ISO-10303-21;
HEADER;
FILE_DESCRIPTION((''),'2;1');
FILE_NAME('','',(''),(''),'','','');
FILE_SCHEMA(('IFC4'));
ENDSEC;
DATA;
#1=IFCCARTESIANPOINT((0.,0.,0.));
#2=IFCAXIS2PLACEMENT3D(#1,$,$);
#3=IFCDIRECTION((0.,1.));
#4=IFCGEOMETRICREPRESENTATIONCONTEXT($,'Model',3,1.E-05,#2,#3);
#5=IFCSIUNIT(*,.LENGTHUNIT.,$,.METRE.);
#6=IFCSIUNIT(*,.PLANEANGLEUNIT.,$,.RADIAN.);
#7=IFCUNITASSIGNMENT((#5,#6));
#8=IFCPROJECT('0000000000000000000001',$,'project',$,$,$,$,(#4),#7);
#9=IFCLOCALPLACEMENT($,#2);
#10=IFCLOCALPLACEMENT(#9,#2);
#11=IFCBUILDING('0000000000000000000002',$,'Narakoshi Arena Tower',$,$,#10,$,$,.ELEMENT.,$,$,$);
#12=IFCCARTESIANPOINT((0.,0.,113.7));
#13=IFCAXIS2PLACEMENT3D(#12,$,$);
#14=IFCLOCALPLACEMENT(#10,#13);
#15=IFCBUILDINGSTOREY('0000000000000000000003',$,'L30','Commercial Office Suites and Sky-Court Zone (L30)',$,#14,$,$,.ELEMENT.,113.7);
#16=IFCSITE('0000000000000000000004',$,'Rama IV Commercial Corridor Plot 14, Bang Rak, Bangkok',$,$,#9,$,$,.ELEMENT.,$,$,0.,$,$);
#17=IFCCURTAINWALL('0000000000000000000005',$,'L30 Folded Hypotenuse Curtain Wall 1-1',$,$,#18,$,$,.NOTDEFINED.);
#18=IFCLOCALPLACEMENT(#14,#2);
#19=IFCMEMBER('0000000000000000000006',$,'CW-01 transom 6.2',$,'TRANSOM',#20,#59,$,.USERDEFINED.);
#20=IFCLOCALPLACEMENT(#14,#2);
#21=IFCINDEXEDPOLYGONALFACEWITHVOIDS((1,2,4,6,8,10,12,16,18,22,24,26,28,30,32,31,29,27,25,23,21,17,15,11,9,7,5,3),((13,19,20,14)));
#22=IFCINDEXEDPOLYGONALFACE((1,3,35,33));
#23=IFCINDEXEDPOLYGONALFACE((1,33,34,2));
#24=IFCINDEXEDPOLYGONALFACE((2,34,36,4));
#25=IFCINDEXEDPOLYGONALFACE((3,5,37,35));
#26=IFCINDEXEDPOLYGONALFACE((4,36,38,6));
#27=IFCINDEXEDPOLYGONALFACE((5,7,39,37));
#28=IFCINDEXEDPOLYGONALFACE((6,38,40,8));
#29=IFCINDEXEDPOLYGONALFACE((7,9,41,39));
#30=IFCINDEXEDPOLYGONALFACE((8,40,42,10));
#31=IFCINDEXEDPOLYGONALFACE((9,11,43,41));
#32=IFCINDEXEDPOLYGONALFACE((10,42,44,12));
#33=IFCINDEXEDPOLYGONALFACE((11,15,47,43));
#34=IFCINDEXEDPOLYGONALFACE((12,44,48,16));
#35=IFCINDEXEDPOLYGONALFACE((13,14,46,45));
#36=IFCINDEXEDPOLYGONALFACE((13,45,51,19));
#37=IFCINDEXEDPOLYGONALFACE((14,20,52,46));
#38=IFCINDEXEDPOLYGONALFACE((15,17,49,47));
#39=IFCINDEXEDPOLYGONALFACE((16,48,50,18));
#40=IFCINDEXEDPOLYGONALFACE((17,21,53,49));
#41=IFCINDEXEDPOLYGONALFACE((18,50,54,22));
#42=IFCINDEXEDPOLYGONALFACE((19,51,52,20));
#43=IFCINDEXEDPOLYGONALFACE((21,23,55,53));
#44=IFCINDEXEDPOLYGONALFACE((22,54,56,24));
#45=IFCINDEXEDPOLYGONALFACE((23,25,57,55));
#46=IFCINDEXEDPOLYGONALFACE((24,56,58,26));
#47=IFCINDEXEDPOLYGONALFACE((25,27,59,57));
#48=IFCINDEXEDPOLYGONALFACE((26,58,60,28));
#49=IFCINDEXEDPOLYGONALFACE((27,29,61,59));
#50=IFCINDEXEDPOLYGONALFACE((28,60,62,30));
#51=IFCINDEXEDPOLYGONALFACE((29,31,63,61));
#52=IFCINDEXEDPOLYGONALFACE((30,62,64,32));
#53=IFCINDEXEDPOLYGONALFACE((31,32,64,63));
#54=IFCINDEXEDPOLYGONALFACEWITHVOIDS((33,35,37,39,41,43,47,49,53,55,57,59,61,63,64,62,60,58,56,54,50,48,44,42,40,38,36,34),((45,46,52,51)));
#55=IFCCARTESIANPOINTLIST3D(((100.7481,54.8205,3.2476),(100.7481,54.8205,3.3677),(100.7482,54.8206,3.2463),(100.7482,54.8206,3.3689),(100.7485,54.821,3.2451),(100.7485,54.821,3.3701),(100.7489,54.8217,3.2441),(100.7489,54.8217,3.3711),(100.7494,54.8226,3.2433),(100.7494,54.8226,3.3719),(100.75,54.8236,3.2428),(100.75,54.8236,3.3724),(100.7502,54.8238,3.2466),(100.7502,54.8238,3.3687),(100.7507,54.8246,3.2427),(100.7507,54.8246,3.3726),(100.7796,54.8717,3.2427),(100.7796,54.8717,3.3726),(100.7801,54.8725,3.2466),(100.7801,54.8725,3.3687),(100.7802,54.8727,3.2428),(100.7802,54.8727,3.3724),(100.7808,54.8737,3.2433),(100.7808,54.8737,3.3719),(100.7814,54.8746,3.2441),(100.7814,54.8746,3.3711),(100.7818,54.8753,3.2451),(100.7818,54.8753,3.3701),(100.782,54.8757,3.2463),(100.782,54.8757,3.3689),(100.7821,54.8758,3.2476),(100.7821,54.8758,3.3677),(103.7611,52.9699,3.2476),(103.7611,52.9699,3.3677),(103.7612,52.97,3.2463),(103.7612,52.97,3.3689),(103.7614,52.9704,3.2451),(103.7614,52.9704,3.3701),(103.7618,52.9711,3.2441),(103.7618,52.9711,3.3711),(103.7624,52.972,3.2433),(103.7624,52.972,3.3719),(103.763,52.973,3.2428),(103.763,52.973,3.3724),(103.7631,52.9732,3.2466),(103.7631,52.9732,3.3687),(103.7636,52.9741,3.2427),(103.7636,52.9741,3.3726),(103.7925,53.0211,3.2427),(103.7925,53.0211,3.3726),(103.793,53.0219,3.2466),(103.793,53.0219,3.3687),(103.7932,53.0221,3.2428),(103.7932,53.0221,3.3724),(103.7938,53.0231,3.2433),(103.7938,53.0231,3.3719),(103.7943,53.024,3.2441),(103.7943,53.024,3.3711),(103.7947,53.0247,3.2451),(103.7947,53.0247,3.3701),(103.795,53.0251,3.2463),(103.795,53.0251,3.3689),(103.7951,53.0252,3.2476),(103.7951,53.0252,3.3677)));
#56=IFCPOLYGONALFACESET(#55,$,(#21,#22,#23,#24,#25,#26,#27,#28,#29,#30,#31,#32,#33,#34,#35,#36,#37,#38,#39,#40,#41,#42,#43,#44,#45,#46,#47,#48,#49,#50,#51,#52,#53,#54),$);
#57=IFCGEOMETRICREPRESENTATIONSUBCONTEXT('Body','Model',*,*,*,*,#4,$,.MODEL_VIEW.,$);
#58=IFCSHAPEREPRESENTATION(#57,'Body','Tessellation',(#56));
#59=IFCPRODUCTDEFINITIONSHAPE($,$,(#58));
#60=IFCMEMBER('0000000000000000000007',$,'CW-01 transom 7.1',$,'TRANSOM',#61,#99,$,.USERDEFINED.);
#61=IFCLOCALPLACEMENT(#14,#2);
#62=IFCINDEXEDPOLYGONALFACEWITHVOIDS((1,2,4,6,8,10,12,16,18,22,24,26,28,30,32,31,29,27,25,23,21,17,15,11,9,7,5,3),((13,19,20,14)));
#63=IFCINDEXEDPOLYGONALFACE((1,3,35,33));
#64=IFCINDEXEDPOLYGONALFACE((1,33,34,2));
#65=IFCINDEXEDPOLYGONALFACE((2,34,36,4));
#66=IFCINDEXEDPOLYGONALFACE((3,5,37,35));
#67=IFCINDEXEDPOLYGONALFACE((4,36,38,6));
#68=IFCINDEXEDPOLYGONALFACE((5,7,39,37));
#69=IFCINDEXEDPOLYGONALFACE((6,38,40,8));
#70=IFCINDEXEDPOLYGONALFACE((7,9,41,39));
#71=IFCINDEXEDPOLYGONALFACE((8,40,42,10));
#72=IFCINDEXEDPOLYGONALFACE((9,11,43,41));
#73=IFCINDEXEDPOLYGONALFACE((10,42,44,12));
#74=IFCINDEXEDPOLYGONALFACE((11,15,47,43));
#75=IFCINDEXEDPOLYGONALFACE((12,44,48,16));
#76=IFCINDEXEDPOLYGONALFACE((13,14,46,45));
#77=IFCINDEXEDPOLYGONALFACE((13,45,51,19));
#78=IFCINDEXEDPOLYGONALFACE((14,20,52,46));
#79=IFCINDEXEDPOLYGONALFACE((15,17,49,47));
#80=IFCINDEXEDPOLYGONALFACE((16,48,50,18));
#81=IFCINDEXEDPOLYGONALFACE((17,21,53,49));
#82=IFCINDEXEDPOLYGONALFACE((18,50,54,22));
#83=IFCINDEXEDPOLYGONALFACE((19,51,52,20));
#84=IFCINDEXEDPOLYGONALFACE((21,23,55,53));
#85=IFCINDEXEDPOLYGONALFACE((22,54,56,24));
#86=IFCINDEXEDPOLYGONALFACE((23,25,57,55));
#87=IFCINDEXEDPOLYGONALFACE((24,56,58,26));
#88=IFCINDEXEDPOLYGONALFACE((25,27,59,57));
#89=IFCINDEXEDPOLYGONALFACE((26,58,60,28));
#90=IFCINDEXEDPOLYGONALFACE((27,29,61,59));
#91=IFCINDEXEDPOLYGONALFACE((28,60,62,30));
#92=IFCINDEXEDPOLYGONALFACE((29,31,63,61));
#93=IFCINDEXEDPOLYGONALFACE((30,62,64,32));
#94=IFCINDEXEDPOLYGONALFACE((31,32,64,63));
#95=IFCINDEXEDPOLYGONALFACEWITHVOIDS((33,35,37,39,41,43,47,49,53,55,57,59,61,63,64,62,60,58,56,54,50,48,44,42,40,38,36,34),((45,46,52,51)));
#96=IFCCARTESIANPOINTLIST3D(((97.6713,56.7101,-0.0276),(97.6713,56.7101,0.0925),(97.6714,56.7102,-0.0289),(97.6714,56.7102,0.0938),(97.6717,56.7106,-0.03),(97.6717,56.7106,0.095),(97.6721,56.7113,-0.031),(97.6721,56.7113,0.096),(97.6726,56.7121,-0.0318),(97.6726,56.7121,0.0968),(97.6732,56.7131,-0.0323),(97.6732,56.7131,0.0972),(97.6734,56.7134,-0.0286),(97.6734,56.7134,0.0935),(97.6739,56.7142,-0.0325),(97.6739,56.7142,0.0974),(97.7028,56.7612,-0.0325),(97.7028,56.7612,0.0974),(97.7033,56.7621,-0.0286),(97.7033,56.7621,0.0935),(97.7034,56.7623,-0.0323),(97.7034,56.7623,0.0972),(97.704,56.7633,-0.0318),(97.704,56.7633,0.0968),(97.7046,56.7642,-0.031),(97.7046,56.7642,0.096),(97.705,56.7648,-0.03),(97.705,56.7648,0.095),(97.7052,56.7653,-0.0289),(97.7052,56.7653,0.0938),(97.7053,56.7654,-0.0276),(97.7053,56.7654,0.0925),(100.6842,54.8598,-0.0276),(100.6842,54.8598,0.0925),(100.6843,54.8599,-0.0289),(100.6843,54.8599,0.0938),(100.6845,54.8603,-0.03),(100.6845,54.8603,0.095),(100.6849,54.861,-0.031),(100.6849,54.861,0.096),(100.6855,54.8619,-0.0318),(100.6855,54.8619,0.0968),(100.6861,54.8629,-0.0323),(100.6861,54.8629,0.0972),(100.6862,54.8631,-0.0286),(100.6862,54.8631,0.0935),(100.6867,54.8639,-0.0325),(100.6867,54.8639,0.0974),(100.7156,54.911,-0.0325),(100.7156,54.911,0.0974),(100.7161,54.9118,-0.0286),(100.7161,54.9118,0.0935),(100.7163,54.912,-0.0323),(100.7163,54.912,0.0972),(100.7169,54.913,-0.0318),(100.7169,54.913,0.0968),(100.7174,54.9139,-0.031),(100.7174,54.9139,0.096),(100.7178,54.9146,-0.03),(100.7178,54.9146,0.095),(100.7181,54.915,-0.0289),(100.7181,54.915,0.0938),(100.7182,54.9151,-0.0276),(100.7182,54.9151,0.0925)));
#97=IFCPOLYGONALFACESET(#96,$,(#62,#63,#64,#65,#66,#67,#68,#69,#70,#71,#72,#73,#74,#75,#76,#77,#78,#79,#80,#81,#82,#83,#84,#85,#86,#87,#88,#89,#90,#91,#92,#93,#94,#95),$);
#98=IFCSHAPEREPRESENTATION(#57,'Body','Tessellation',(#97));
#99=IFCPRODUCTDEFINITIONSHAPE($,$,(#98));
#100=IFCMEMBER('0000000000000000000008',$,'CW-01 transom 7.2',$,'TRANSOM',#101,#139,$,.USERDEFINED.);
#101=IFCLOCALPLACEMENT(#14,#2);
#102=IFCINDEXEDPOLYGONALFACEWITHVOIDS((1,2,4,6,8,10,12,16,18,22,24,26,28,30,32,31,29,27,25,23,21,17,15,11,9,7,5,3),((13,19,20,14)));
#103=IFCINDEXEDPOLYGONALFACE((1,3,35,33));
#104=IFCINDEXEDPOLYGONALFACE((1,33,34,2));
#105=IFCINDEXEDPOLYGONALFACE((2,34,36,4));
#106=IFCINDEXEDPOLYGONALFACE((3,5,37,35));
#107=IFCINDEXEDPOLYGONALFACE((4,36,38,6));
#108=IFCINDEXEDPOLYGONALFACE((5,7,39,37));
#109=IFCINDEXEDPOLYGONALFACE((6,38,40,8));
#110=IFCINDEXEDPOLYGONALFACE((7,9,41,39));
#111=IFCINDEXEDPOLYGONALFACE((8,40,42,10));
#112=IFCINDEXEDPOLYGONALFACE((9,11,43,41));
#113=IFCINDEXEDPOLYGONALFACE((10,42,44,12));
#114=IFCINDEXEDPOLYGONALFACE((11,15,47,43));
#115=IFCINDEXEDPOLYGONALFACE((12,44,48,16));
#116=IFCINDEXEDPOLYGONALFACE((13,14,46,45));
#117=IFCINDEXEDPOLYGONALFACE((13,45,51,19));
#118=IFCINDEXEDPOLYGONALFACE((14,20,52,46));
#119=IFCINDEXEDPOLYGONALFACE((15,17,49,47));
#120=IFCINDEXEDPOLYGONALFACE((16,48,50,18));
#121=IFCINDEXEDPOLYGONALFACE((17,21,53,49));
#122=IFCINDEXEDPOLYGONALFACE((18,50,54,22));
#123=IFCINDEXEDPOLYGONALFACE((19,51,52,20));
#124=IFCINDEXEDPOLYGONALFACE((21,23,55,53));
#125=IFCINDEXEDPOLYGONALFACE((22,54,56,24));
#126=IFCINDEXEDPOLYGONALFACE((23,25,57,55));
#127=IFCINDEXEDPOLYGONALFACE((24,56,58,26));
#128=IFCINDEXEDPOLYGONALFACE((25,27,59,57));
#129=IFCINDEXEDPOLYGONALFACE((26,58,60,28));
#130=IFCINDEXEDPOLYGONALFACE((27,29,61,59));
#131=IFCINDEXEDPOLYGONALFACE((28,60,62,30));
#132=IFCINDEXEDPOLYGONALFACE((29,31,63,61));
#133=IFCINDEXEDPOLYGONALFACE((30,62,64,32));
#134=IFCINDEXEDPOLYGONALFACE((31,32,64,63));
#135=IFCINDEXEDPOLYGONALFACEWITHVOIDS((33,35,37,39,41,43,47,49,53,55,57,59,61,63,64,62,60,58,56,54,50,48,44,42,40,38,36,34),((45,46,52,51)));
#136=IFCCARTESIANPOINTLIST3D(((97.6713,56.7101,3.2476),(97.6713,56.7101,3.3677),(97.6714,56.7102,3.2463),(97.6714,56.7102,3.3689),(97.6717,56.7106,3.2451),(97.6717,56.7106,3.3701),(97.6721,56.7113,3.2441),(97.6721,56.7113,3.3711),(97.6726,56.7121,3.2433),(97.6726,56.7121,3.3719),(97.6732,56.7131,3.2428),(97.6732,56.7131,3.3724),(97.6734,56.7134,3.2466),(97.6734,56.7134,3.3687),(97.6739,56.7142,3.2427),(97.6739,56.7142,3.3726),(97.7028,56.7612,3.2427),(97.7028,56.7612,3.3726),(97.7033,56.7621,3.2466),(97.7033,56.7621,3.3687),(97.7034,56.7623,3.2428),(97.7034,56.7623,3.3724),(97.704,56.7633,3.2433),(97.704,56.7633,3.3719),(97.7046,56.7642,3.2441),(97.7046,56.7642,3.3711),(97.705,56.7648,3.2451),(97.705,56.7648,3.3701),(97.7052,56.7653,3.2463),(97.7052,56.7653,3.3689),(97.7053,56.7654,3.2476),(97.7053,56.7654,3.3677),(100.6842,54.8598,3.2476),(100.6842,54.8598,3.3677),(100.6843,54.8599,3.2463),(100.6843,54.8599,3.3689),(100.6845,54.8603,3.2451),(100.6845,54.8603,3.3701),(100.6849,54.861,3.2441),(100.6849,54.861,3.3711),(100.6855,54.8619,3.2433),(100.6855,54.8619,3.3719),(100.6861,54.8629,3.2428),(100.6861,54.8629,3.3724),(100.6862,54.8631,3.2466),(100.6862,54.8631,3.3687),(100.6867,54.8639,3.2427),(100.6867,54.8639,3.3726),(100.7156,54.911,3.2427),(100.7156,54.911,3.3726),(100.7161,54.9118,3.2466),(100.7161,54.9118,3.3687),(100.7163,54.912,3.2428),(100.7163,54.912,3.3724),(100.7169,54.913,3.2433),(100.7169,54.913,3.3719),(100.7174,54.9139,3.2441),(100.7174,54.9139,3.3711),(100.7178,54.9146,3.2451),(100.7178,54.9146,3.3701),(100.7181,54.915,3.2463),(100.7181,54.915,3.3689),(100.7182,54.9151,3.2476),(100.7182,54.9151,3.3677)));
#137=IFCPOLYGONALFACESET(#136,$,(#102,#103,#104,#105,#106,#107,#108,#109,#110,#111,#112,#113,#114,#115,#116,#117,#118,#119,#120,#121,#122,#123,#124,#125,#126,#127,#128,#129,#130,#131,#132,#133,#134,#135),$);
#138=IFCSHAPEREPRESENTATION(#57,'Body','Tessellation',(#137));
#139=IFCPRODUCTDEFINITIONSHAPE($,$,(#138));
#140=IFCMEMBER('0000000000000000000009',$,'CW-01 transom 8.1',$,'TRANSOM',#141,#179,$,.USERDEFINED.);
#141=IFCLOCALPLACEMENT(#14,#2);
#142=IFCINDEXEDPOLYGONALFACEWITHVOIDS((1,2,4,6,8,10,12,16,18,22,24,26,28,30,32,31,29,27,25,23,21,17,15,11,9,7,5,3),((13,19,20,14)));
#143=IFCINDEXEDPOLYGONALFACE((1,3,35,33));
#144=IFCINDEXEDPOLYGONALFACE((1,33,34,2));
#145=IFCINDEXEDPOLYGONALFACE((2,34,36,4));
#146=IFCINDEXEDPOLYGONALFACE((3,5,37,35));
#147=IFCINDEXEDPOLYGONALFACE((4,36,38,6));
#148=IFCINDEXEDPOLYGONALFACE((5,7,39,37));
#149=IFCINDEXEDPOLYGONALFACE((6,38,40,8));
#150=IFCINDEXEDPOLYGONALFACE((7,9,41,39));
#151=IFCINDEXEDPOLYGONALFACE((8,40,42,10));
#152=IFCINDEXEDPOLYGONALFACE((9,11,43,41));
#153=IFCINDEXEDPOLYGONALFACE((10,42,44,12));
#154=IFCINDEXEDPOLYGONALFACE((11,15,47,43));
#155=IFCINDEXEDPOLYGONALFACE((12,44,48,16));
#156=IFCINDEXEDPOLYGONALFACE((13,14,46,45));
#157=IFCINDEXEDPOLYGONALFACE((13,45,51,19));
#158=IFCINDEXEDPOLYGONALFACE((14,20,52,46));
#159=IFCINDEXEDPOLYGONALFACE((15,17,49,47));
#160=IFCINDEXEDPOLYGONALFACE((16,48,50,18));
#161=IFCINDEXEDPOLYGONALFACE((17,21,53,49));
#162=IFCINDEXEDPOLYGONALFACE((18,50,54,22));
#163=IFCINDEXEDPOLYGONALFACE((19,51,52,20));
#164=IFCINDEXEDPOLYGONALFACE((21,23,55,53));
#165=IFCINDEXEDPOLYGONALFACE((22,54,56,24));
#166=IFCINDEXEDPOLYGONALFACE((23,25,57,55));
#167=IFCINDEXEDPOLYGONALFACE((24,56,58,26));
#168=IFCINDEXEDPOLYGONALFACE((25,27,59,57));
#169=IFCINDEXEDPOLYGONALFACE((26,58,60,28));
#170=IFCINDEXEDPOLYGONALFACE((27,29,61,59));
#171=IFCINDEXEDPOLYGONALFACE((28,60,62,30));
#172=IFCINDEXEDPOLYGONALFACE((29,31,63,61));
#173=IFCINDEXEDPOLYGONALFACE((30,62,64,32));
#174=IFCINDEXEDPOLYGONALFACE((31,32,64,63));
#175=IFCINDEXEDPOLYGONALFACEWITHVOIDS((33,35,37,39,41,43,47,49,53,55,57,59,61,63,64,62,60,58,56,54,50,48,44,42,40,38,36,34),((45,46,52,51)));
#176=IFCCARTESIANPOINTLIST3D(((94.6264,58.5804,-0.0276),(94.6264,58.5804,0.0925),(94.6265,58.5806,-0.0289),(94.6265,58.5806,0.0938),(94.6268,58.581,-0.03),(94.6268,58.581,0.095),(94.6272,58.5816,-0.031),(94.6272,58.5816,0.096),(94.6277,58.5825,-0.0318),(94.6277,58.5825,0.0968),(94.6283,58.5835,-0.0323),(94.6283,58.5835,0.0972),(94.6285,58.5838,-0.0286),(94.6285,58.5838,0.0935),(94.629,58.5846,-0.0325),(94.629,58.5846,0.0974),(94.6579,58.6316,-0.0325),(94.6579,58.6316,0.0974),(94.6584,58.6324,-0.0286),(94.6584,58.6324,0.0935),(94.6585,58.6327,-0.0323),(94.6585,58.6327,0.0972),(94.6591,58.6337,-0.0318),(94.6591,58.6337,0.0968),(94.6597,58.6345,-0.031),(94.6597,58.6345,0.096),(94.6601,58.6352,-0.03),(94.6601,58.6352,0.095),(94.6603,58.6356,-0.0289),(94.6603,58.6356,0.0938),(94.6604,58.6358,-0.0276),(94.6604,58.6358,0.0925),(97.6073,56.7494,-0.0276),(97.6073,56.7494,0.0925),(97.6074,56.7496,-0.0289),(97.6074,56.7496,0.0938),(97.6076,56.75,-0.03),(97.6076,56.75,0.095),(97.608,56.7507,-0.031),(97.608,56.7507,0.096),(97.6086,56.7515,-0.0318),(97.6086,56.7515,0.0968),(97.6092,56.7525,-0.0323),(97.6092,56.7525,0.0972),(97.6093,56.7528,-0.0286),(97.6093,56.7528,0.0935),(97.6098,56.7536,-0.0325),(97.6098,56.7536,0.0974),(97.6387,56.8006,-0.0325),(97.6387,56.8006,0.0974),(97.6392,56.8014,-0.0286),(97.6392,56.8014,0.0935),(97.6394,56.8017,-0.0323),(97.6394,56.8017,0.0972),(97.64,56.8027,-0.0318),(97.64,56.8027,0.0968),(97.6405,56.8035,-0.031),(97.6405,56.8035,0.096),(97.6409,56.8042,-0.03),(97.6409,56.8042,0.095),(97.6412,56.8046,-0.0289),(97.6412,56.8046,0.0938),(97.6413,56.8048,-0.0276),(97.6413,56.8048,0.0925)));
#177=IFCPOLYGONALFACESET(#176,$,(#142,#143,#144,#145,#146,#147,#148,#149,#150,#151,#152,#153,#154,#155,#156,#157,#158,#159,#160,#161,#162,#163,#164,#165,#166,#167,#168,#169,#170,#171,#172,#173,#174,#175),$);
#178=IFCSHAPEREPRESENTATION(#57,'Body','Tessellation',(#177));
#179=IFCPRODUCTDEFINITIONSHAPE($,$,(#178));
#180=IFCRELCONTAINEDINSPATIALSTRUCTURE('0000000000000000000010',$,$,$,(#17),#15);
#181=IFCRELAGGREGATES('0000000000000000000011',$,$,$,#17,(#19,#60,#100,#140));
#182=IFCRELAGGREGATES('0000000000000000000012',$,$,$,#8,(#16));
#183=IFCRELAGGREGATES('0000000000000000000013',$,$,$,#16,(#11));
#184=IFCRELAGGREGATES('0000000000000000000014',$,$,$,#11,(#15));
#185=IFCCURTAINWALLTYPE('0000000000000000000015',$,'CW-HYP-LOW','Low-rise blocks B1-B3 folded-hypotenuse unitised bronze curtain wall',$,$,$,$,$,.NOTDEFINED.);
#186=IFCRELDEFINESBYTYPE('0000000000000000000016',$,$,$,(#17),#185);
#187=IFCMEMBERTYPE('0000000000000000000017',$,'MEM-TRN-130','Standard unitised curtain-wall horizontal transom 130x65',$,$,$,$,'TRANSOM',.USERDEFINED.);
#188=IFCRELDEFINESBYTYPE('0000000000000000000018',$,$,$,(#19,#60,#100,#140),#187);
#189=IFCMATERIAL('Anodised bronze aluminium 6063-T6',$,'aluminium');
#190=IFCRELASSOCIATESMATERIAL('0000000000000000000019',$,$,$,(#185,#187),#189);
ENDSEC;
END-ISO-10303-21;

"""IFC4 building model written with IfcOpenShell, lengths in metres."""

from ifc_helpers import new_model, si_unit, direction, frame, origin, origin_2d, place, context, subcontext, project, spatial, hollow_rectangle, extrude, material, material_profile, profile_set, type_object, element, aggregate, save


model = new_model("IFC4")

# Units and contexts
model_context = context("Model", 3, precision=1e-05, world=origin(), true_north=direction((0.0, 1.0)))
body_context = subcontext(model_context, "Body", "Model", "MODEL_VIEW")
ifc_project = project(units=[si_unit("LENGTHUNIT", "METRE"), si_unit("PLANEANGLEUNIT", "RADIAN")], contexts=[model_context])

# Site, building, storey
site_placement = place(None, origin())
site = spatial("IfcSite", under=ifc_project, at=site_placement, Name="Rama IV Commercial Corridor Plot 14, Bang Rak, Bangkok", CompositionType="ELEMENT", RefElevation=0.0)
building_placement = place(site_placement, origin())
building = spatial("IfcBuilding", under=site, at=building_placement, Name="Narakoshi Arena Tower", CompositionType="ELEMENT")
storey_placement = place(building_placement, frame((0.0, 0.0, 113.7)))
storey = spatial("IfcBuildingStorey", under=building, at=storey_placement, Name="L30", Description="Commercial Office Suites and Sky-Court Zone (L30)", CompositionType="ELEMENT", Elevation=113.7)

# Curtain wall, members
ifc_material_1 = material(Name="Anodised bronze aluminium 6063-T6", Category="aluminium")
curtain_wall_type = type_object("IfcCurtainWallType", Name="CW-HYP-LOW", Description="Low-rise blocks B1-B3 folded-hypotenuse unitised bronze curtain wall", PredefinedType="NOTDEFINED", material=ifc_material_1)
curtain_wall_placement = place(storey_placement, origin())
curtain_wall = element("IfcCurtainWall", 1, at=curtain_wall_placement, inside=storey, type_object=curtain_wall_type, Name="L30 Folded Hypotenuse Curtain Wall 1-1", PredefinedType="NOTDEFINED")
ifc_material_profile_1 = material_profile(ifc_material_1, hollow_rectangle(XDim=0.0649, YDim=0.1299, WallThickness=0.0039, OuterFilletRadius=0.0049, at=origin_2d()), Name="TRN130x65x4")
ifc_profile_set_1 = profile_set([ifc_material_profile_1], Name="Anodised bronze aluminium 6063-T6")
member_type_1 = type_object("IfcMemberType", Name="MEM-TRN-130", Description="Standard unitised curtain-wall horizontal transom 130x65", ElementType="TRANSOM", PredefinedType="USERDEFINED", material=ifc_profile_set_1)
member_1_placement = place(storey_placement, frame((103.7781, 52.9976, 3.3076), z_axis=(-0.852104, 0.523373, 0.0), x_axis=(-0.523373, -0.852104, 0.0)))
member_1 = element("IfcMember", 2, at=member_1_placement, type_object=member_type_1, Name="CW-01 transom 6.2", ObjectType="TRANSOM", PredefinedType="USERDEFINED", context=body_context, shape_type="SweptSolid", body=[
    extrude(hollow_rectangle(XDim=0.0649, YDim=0.1299, WallThickness=0.0039, OuterFilletRadius=0.0049, at=origin_2d()), origin(), (0.0, 0.0, 1.0), 3.5359),
])
member_2_placement = place(storey_placement, frame((100.7012, 54.8875, 0.0325), z_axis=(-0.852134, 0.523323, 0.0), x_axis=(-0.523323, -0.852134, 0.0)))
member_2 = element("IfcMember", 3, at=member_2_placement, type_object=member_type_1, Name="CW-01 transom 7.1", ObjectType="TRANSOM", PredefinedType="USERDEFINED", context=body_context, shape_type="SweptSolid", body=[
    extrude(hollow_rectangle(XDim=0.0649, YDim=0.1299, WallThickness=0.0039, OuterFilletRadius=0.0049, at=origin_2d()), origin(), (0.0, 0.0, 1.0), 3.5356),
])
member_3_placement = place(storey_placement, frame((100.7012, 54.8875, 3.3076), z_axis=(-0.852134, 0.523323, 0.0), x_axis=(-0.523323, -0.852134, 0.0)))
member_3 = element("IfcMember", 4, at=member_3_placement, type_object=member_type_1, Name="CW-01 transom 7.2", ObjectType="TRANSOM", PredefinedType="USERDEFINED", context=body_context, shape_type="SweptSolid", body=[
    extrude(hollow_rectangle(XDim=0.0649, YDim=0.1299, WallThickness=0.0039, OuterFilletRadius=0.0049, at=origin_2d()), origin(), (0.0, 0.0, 1.0), 3.5356),
])
member_4_placement = place(storey_placement, frame((97.6243, 56.7771, 0.0325), z_axis=(-0.852089, 0.523396, 0.0), x_axis=(-0.523396, -0.852089, 0.0)))
member_4 = element("IfcMember", 5, at=member_4_placement, type_object=member_type_1, Name="CW-01 transom 8.1", ObjectType="TRANSOM", PredefinedType="USERDEFINED", context=body_context, shape_type="SweptSolid", body=[
    extrude(hollow_rectangle(XDim=0.0649, YDim=0.1299, WallThickness=0.0039, OuterFilletRadius=0.0049, at=origin_2d()), origin(), (0.0, 0.0, 1.0), 3.4983),
])
aggregate(curtain_wall, [member_1, member_2, member_3, member_4])

save(model, "model.ifc")
